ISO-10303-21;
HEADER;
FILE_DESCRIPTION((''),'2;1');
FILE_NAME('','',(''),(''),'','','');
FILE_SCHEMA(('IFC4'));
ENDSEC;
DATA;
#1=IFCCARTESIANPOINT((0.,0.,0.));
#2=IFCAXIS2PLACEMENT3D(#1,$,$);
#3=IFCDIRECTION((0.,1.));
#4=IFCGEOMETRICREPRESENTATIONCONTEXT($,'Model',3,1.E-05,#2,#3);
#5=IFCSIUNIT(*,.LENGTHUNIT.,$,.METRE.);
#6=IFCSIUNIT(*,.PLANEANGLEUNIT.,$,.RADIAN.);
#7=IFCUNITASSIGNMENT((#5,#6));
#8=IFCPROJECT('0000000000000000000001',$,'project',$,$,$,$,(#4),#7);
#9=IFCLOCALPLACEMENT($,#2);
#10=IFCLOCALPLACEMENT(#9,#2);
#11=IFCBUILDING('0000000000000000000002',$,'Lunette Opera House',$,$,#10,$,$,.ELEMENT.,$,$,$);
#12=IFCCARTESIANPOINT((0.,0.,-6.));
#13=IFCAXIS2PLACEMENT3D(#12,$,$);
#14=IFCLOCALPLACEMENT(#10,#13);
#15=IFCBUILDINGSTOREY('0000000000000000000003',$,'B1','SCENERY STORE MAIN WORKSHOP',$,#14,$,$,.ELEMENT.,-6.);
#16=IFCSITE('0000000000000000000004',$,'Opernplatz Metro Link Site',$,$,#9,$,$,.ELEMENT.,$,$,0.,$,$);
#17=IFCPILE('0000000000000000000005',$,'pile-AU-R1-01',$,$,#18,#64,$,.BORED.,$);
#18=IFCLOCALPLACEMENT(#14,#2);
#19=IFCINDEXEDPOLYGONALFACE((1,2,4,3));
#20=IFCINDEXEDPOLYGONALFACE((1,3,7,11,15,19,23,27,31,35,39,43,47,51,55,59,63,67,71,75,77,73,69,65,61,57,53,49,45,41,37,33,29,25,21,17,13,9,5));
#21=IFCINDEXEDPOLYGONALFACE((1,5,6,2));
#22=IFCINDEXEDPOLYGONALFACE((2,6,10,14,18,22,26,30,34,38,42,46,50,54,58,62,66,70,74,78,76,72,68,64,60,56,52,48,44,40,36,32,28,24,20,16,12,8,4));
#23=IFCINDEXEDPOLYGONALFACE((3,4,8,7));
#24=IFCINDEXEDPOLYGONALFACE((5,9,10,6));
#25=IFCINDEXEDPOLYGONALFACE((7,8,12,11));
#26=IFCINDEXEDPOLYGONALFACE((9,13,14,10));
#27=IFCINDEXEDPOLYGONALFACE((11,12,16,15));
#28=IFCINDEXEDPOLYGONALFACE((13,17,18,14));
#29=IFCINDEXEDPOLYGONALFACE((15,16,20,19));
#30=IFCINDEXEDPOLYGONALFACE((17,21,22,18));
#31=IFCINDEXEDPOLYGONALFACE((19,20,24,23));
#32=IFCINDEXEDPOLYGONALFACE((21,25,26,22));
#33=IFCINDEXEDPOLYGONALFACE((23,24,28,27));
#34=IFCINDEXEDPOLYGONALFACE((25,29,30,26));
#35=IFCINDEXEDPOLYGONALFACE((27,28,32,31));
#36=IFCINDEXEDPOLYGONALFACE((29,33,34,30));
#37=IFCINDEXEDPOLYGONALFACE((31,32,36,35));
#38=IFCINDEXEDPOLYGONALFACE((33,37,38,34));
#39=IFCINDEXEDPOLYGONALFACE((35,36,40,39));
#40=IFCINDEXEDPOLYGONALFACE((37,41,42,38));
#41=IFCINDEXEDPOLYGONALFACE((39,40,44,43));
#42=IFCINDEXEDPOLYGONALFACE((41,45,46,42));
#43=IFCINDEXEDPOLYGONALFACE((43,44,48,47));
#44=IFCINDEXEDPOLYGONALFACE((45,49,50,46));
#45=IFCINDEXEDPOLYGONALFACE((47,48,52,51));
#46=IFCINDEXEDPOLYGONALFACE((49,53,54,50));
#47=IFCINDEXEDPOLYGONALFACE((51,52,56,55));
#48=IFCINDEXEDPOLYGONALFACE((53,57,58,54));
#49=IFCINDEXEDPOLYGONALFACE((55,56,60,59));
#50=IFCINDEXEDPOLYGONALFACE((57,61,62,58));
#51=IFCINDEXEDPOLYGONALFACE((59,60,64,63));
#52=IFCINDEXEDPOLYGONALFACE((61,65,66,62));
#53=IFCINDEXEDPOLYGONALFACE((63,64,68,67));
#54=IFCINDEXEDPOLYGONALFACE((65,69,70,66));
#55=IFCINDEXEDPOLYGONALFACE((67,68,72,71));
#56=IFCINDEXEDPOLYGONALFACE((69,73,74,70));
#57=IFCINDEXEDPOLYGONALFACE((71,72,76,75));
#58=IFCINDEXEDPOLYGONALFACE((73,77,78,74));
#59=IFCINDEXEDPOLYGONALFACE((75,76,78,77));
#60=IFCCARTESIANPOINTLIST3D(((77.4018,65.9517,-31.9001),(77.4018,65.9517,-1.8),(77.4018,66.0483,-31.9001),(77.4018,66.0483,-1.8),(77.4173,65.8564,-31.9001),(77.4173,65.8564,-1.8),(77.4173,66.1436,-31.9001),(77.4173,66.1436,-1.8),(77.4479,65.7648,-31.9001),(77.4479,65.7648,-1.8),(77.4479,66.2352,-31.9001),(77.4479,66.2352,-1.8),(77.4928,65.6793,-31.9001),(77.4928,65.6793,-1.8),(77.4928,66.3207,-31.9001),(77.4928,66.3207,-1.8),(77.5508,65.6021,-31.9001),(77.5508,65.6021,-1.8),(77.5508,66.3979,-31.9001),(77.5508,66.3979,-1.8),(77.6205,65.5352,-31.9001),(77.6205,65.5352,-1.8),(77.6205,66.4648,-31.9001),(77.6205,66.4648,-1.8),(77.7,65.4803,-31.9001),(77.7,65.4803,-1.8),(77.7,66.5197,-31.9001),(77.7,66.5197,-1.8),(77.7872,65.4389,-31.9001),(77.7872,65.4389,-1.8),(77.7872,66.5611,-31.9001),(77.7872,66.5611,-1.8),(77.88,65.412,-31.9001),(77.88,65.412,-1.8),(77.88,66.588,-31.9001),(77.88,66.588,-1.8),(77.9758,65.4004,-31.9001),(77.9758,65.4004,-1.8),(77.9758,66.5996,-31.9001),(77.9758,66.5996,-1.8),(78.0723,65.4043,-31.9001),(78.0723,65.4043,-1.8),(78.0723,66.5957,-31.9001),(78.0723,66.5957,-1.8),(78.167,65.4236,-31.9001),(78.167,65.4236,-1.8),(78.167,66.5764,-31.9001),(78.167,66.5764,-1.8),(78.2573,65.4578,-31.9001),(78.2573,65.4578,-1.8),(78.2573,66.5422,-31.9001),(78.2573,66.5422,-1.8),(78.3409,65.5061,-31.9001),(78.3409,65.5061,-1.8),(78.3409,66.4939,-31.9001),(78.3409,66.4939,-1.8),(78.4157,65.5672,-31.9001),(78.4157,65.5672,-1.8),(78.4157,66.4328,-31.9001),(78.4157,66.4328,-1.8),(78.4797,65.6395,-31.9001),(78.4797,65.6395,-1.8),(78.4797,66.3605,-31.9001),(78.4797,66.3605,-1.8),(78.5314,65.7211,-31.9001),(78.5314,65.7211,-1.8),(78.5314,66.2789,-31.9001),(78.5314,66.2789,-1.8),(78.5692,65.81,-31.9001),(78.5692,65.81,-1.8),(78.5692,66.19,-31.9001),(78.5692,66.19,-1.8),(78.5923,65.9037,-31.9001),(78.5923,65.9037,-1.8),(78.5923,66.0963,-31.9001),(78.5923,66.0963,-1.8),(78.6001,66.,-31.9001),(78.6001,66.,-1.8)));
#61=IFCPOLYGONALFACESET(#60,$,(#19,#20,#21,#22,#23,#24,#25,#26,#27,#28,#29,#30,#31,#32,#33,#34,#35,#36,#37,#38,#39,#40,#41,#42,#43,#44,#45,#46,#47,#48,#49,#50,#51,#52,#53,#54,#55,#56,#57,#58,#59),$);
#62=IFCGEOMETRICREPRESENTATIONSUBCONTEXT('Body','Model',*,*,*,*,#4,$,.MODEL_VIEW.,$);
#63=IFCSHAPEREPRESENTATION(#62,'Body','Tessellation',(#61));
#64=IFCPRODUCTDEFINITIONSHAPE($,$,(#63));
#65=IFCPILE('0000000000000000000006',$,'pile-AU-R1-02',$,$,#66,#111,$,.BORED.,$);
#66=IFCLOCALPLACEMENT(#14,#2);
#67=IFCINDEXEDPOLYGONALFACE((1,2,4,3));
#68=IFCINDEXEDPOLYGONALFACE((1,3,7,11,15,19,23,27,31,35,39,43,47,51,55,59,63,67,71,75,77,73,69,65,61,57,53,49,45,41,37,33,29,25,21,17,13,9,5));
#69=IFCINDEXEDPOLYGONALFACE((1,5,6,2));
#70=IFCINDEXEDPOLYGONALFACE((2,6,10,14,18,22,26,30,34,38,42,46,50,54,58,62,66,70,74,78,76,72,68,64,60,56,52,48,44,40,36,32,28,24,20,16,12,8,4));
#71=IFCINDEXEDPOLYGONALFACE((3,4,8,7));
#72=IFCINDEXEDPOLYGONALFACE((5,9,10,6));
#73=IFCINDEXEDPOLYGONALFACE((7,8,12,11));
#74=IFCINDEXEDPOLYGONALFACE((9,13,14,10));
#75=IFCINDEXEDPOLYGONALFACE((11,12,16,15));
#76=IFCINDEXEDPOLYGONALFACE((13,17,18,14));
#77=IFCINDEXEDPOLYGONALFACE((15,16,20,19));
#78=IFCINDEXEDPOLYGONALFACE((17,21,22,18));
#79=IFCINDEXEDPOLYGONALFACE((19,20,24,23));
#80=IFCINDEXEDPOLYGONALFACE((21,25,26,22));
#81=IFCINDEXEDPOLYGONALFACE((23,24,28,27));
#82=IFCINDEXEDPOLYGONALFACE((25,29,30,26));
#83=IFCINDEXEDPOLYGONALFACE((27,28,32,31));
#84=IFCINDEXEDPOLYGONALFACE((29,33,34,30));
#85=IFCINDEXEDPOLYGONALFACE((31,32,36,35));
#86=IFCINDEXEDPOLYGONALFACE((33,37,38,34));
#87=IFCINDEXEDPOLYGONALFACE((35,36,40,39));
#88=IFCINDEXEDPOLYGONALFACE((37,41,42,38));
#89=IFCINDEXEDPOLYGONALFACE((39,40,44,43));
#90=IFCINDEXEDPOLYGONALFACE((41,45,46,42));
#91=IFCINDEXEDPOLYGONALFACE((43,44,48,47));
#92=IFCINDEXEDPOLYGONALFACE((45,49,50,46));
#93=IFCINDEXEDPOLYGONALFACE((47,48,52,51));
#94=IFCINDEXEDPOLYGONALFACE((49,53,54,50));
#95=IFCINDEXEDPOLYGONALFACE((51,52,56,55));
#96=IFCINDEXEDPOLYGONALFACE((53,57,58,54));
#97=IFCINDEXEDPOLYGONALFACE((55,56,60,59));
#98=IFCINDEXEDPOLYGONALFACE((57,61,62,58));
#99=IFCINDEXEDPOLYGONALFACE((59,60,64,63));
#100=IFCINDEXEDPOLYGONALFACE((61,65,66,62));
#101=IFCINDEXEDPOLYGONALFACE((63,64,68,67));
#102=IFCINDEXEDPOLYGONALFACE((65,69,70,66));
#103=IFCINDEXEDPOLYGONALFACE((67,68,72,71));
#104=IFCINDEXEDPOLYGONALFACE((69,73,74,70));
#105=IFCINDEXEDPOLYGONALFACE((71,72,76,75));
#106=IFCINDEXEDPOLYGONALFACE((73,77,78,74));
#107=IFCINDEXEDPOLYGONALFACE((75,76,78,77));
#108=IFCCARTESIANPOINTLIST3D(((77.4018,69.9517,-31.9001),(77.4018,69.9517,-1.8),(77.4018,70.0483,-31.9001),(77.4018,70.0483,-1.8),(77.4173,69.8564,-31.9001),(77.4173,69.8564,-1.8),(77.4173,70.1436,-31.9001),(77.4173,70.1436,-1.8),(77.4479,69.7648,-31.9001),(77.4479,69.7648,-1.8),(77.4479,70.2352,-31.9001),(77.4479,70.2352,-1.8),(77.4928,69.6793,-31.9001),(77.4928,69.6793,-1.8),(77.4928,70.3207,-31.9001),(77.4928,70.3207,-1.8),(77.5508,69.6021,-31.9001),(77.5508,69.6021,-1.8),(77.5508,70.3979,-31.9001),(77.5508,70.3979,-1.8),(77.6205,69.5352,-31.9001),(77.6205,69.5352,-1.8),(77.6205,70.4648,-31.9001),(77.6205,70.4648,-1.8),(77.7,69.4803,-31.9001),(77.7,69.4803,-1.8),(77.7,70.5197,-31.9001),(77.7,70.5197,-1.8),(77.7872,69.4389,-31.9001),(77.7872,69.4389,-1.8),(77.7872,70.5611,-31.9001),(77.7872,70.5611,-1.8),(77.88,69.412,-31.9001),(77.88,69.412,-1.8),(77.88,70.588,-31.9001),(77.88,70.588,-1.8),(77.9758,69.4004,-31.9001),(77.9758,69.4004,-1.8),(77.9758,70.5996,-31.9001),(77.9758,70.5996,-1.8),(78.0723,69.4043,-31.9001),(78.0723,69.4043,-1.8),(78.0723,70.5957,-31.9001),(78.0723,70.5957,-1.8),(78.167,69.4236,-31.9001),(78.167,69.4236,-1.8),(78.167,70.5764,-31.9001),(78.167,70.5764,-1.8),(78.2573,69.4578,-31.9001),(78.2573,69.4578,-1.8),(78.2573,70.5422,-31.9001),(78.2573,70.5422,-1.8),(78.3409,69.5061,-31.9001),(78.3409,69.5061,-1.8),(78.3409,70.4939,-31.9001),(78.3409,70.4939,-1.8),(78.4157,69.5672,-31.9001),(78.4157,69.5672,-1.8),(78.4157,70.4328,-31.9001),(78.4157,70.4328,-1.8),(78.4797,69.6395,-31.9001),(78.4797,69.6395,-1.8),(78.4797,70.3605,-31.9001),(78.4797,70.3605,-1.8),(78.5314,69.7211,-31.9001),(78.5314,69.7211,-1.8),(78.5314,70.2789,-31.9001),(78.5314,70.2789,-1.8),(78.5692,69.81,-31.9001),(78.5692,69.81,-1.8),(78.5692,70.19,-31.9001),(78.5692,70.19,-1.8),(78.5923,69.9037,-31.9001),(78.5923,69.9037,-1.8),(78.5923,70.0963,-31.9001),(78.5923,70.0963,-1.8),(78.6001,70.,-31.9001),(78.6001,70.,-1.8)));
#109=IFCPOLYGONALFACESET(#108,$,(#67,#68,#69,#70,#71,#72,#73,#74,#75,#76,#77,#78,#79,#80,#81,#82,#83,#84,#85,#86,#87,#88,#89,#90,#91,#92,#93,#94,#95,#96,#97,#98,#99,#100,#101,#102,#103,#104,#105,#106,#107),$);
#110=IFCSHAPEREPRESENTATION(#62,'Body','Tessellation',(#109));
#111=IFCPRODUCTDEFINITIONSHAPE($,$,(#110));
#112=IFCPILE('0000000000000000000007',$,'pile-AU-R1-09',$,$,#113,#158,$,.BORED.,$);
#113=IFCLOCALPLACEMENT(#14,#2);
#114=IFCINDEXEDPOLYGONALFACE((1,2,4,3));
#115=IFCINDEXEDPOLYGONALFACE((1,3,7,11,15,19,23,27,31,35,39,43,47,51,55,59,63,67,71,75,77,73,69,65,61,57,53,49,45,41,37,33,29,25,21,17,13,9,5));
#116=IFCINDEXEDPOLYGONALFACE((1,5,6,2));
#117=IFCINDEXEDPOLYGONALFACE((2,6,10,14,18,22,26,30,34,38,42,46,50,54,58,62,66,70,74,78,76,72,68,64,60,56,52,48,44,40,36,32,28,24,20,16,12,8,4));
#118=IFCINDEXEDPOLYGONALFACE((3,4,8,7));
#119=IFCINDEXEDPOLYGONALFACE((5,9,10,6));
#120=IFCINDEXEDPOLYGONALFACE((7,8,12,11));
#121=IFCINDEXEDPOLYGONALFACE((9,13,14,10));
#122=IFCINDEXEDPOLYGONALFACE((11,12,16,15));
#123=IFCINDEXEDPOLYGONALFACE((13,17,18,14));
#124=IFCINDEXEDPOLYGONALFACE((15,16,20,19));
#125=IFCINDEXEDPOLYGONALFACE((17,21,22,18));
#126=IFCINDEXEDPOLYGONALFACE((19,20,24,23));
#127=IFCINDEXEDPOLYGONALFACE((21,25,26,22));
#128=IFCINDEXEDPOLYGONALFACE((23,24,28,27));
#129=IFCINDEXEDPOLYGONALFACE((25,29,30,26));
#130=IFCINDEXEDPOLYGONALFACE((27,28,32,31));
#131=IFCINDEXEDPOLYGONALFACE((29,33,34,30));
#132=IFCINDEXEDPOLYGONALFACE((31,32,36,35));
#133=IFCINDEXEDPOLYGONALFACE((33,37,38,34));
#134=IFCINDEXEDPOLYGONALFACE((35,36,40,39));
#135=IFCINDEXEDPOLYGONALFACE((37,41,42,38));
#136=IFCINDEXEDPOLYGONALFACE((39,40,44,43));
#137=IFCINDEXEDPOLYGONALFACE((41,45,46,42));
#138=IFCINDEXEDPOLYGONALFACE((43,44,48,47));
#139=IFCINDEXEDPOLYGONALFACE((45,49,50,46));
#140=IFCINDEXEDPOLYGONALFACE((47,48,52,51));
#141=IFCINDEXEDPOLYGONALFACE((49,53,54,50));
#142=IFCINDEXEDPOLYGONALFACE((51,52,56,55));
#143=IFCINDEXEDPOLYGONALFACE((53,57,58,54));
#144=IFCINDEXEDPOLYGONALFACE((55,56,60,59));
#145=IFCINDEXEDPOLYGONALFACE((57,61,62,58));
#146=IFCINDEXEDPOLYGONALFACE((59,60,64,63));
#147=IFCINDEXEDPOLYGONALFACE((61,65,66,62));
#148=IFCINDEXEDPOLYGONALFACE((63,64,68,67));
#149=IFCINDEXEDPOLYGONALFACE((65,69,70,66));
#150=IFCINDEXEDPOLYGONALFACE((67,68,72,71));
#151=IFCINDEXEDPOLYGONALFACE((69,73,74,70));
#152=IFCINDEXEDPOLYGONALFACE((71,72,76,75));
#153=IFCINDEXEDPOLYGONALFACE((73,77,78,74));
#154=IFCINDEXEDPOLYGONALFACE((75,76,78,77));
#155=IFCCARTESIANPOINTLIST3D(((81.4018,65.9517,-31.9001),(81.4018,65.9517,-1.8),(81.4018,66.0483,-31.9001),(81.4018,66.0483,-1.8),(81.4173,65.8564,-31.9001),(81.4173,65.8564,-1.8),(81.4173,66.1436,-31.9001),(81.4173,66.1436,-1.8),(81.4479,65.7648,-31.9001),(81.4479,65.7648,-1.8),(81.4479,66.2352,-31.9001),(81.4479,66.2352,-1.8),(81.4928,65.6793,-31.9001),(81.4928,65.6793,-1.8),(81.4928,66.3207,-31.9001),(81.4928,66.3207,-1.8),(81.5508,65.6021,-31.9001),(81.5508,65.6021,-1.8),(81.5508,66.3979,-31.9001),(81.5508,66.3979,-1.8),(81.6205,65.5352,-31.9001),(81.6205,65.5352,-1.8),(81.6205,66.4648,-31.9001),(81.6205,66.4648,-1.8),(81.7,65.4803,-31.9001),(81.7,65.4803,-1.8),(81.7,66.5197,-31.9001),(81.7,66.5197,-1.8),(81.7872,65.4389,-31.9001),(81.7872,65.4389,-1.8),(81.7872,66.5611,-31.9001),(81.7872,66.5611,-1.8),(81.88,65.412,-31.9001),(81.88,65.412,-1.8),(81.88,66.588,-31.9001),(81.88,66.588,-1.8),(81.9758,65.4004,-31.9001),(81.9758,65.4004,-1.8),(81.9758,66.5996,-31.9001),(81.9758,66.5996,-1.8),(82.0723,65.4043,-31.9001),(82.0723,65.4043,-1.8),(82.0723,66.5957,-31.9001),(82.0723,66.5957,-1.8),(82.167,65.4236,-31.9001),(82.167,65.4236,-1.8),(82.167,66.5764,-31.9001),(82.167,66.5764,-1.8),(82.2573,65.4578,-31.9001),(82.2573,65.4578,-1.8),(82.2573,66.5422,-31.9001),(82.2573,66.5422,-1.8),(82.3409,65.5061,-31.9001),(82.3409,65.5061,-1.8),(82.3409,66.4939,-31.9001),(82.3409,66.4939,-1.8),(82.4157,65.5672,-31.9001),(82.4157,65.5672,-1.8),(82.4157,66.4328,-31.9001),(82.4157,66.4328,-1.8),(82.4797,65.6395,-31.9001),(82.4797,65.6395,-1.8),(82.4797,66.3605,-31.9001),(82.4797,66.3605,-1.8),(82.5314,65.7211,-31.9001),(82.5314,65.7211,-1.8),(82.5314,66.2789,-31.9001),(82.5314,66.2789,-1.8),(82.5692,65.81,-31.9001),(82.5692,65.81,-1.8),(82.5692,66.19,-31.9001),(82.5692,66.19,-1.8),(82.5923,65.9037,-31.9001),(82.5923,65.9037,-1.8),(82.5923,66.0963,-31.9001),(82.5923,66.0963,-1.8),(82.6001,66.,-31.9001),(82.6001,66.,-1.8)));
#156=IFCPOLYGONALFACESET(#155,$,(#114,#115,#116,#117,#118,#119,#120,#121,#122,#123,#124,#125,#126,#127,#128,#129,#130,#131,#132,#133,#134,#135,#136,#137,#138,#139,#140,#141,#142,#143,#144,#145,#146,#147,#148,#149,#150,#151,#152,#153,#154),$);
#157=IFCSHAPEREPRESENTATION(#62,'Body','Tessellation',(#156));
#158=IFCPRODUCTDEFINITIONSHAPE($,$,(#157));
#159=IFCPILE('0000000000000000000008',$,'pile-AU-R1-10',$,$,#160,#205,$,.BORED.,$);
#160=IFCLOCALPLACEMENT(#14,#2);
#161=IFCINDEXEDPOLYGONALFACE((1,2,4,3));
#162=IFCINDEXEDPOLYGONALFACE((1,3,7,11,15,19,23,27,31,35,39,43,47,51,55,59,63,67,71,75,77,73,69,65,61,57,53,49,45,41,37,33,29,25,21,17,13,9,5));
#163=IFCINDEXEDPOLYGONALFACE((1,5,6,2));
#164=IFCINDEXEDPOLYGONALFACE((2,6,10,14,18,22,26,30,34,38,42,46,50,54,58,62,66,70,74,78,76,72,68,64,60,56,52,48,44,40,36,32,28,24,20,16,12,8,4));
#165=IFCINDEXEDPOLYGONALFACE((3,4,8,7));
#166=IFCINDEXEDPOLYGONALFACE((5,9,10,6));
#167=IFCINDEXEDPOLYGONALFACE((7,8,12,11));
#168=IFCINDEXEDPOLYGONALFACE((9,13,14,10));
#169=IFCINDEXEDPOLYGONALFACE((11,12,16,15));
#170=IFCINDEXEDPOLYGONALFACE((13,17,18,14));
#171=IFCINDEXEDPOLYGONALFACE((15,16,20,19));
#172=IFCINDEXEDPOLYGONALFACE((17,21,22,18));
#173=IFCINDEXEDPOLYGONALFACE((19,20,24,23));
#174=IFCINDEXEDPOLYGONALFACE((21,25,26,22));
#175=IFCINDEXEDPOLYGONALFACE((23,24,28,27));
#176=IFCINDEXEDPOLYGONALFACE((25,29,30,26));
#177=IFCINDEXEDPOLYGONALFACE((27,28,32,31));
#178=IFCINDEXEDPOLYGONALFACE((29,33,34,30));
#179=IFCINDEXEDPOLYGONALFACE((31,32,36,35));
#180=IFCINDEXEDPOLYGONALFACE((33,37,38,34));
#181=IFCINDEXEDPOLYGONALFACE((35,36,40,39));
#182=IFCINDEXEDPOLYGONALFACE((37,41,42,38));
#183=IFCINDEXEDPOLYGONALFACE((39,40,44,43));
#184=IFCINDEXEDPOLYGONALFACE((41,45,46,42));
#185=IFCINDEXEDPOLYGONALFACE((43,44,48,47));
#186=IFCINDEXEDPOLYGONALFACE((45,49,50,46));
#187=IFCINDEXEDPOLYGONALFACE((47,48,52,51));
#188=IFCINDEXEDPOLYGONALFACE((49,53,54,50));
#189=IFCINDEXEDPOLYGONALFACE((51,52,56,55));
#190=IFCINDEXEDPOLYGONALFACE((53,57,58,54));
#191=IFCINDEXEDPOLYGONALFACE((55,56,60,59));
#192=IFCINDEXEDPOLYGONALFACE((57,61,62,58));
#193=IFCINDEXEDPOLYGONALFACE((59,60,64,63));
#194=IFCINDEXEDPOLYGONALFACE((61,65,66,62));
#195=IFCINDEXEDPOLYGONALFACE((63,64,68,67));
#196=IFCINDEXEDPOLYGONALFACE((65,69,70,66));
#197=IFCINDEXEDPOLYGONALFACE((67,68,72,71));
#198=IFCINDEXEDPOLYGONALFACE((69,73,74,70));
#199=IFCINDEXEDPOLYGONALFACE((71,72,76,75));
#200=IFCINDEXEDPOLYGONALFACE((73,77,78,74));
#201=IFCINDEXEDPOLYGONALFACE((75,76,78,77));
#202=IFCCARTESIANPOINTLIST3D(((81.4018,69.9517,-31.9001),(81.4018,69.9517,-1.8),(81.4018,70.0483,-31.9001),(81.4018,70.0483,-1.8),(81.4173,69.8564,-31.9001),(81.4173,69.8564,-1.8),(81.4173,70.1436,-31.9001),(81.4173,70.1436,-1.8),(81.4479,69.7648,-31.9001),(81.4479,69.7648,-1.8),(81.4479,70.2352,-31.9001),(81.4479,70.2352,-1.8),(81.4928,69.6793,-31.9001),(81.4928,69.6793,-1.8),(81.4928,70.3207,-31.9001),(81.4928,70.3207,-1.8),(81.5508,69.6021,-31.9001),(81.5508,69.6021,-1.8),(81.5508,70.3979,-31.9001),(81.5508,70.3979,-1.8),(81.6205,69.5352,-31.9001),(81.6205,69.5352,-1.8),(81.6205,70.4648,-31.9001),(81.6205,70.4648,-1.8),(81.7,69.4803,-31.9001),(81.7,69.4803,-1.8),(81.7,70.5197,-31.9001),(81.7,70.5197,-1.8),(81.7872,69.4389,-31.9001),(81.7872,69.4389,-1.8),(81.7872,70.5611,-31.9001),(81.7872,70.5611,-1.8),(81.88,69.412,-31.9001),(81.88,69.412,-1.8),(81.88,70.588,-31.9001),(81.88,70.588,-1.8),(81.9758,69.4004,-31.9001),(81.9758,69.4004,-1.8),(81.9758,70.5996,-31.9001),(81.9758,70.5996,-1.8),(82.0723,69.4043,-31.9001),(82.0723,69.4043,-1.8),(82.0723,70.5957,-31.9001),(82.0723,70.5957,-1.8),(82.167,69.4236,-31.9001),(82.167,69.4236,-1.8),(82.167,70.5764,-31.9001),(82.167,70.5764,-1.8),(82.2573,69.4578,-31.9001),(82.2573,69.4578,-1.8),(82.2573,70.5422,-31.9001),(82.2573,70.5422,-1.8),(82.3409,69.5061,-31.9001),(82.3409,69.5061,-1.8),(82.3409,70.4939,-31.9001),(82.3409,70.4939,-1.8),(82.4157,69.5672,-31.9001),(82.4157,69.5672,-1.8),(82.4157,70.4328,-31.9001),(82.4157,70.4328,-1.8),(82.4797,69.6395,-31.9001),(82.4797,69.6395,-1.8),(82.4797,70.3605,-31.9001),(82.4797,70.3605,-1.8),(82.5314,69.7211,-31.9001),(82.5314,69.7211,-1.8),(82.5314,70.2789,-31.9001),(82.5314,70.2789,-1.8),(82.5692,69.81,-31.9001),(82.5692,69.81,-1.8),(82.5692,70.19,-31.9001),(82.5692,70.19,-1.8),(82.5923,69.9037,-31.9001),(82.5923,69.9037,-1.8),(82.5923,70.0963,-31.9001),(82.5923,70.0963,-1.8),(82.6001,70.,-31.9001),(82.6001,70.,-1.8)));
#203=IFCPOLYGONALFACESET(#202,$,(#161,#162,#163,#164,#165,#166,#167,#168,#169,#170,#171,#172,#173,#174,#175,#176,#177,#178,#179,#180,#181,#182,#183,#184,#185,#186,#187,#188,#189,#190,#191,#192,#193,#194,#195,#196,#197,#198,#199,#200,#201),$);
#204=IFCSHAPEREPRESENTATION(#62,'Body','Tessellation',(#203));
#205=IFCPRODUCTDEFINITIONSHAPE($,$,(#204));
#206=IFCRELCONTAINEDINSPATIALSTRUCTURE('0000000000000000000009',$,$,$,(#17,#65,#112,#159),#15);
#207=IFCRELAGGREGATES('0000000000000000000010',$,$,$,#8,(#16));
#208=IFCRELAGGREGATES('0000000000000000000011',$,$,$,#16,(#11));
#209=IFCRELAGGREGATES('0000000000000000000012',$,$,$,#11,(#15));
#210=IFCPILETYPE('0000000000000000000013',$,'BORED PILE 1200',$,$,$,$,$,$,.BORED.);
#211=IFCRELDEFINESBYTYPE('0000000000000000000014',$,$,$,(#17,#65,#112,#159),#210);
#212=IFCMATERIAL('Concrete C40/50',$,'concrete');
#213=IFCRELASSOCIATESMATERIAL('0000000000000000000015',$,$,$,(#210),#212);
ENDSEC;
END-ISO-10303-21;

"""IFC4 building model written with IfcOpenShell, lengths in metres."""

from ifc_helpers import new_model, si_unit, direction, frame, origin, origin_2d, place, context, subcontext, project, spatial, circle, extrude, material, material_profile, profile_set, type_object, element, save


model = new_model("IFC4")

# Units and contexts
model_context = context("Model", 3, precision=1e-05, world=origin(), true_north=direction((0.0, 1.0)))
body_context = subcontext(model_context, "Body", "Model", "MODEL_VIEW")
ifc_project = project(units=[si_unit("LENGTHUNIT", "METRE"), si_unit("PLANEANGLEUNIT", "RADIAN")], contexts=[model_context])

# Site, building, storey
site_placement = place(None, origin())
site = spatial("IfcSite", under=ifc_project, at=site_placement, Name="Opernplatz Metro Link Site", CompositionType="ELEMENT", RefElevation=0.0)
building_placement = place(site_placement, origin())
building = spatial("IfcBuilding", under=site, at=building_placement, Name="Lunette Opera House", CompositionType="ELEMENT")
storey_placement = place(building_placement, frame((0.0, 0.0, -6.0)))
storey = spatial("IfcBuildingStorey", under=building, at=storey_placement, Name="B1", Description="SCENERY STORE MAIN WORKSHOP", CompositionType="ELEMENT", Elevation=-6.0)

# Piles
ifc_material_1 = material(Name="Concrete C40/50", Category="concrete")
ifc_material_profile_1 = material_profile(ifc_material_1, circle(Radius=0.6001, at=origin_2d()), Name="BORED PILE 1200")
ifc_profile_set_1 = profile_set([ifc_material_profile_1], Name="Concrete C40/50")
pile_type_1 = type_object("IfcPileType", Name="BORED PILE 1200", PredefinedType="BORED", material=ifc_profile_set_1)
for number, where, z_axis, x_axis, name in (
    (1, (78.0, 66.0, -1.8), (0.0, 0.0, -1.0), (1.0, 0.0, 0.0), "pile-AU-R1-01"),
    (2, (78.0, 70.0, -1.8), (0.0, 0.0, -1.0), (1.0, 0.0, 0.0), "pile-AU-R1-02"),
    (3, (82.0, 66.0, -1.8), (0.0, 0.0, -1.0), (1.0, 0.0, 0.0), "pile-AU-R1-09"),
    (4, (82.0, 70.0, -1.8), (0.0, 0.0, -1.0), (1.0, 0.0, 0.0), "pile-AU-R1-10"),
):
    element("IfcPile", number, at=place(storey_placement, frame(where, z_axis=z_axis, x_axis=x_axis)), inside=storey, type_object=pile_type_1, Name=name, PredefinedType="BORED", context=body_context, shape_type="SweptSolid", body=[
        extrude(circle(Radius=0.6001, at=origin_2d()), origin(), (0.0, 0.0, 1.0), 30.1001),
    ])

save(model, "model.ifc")
